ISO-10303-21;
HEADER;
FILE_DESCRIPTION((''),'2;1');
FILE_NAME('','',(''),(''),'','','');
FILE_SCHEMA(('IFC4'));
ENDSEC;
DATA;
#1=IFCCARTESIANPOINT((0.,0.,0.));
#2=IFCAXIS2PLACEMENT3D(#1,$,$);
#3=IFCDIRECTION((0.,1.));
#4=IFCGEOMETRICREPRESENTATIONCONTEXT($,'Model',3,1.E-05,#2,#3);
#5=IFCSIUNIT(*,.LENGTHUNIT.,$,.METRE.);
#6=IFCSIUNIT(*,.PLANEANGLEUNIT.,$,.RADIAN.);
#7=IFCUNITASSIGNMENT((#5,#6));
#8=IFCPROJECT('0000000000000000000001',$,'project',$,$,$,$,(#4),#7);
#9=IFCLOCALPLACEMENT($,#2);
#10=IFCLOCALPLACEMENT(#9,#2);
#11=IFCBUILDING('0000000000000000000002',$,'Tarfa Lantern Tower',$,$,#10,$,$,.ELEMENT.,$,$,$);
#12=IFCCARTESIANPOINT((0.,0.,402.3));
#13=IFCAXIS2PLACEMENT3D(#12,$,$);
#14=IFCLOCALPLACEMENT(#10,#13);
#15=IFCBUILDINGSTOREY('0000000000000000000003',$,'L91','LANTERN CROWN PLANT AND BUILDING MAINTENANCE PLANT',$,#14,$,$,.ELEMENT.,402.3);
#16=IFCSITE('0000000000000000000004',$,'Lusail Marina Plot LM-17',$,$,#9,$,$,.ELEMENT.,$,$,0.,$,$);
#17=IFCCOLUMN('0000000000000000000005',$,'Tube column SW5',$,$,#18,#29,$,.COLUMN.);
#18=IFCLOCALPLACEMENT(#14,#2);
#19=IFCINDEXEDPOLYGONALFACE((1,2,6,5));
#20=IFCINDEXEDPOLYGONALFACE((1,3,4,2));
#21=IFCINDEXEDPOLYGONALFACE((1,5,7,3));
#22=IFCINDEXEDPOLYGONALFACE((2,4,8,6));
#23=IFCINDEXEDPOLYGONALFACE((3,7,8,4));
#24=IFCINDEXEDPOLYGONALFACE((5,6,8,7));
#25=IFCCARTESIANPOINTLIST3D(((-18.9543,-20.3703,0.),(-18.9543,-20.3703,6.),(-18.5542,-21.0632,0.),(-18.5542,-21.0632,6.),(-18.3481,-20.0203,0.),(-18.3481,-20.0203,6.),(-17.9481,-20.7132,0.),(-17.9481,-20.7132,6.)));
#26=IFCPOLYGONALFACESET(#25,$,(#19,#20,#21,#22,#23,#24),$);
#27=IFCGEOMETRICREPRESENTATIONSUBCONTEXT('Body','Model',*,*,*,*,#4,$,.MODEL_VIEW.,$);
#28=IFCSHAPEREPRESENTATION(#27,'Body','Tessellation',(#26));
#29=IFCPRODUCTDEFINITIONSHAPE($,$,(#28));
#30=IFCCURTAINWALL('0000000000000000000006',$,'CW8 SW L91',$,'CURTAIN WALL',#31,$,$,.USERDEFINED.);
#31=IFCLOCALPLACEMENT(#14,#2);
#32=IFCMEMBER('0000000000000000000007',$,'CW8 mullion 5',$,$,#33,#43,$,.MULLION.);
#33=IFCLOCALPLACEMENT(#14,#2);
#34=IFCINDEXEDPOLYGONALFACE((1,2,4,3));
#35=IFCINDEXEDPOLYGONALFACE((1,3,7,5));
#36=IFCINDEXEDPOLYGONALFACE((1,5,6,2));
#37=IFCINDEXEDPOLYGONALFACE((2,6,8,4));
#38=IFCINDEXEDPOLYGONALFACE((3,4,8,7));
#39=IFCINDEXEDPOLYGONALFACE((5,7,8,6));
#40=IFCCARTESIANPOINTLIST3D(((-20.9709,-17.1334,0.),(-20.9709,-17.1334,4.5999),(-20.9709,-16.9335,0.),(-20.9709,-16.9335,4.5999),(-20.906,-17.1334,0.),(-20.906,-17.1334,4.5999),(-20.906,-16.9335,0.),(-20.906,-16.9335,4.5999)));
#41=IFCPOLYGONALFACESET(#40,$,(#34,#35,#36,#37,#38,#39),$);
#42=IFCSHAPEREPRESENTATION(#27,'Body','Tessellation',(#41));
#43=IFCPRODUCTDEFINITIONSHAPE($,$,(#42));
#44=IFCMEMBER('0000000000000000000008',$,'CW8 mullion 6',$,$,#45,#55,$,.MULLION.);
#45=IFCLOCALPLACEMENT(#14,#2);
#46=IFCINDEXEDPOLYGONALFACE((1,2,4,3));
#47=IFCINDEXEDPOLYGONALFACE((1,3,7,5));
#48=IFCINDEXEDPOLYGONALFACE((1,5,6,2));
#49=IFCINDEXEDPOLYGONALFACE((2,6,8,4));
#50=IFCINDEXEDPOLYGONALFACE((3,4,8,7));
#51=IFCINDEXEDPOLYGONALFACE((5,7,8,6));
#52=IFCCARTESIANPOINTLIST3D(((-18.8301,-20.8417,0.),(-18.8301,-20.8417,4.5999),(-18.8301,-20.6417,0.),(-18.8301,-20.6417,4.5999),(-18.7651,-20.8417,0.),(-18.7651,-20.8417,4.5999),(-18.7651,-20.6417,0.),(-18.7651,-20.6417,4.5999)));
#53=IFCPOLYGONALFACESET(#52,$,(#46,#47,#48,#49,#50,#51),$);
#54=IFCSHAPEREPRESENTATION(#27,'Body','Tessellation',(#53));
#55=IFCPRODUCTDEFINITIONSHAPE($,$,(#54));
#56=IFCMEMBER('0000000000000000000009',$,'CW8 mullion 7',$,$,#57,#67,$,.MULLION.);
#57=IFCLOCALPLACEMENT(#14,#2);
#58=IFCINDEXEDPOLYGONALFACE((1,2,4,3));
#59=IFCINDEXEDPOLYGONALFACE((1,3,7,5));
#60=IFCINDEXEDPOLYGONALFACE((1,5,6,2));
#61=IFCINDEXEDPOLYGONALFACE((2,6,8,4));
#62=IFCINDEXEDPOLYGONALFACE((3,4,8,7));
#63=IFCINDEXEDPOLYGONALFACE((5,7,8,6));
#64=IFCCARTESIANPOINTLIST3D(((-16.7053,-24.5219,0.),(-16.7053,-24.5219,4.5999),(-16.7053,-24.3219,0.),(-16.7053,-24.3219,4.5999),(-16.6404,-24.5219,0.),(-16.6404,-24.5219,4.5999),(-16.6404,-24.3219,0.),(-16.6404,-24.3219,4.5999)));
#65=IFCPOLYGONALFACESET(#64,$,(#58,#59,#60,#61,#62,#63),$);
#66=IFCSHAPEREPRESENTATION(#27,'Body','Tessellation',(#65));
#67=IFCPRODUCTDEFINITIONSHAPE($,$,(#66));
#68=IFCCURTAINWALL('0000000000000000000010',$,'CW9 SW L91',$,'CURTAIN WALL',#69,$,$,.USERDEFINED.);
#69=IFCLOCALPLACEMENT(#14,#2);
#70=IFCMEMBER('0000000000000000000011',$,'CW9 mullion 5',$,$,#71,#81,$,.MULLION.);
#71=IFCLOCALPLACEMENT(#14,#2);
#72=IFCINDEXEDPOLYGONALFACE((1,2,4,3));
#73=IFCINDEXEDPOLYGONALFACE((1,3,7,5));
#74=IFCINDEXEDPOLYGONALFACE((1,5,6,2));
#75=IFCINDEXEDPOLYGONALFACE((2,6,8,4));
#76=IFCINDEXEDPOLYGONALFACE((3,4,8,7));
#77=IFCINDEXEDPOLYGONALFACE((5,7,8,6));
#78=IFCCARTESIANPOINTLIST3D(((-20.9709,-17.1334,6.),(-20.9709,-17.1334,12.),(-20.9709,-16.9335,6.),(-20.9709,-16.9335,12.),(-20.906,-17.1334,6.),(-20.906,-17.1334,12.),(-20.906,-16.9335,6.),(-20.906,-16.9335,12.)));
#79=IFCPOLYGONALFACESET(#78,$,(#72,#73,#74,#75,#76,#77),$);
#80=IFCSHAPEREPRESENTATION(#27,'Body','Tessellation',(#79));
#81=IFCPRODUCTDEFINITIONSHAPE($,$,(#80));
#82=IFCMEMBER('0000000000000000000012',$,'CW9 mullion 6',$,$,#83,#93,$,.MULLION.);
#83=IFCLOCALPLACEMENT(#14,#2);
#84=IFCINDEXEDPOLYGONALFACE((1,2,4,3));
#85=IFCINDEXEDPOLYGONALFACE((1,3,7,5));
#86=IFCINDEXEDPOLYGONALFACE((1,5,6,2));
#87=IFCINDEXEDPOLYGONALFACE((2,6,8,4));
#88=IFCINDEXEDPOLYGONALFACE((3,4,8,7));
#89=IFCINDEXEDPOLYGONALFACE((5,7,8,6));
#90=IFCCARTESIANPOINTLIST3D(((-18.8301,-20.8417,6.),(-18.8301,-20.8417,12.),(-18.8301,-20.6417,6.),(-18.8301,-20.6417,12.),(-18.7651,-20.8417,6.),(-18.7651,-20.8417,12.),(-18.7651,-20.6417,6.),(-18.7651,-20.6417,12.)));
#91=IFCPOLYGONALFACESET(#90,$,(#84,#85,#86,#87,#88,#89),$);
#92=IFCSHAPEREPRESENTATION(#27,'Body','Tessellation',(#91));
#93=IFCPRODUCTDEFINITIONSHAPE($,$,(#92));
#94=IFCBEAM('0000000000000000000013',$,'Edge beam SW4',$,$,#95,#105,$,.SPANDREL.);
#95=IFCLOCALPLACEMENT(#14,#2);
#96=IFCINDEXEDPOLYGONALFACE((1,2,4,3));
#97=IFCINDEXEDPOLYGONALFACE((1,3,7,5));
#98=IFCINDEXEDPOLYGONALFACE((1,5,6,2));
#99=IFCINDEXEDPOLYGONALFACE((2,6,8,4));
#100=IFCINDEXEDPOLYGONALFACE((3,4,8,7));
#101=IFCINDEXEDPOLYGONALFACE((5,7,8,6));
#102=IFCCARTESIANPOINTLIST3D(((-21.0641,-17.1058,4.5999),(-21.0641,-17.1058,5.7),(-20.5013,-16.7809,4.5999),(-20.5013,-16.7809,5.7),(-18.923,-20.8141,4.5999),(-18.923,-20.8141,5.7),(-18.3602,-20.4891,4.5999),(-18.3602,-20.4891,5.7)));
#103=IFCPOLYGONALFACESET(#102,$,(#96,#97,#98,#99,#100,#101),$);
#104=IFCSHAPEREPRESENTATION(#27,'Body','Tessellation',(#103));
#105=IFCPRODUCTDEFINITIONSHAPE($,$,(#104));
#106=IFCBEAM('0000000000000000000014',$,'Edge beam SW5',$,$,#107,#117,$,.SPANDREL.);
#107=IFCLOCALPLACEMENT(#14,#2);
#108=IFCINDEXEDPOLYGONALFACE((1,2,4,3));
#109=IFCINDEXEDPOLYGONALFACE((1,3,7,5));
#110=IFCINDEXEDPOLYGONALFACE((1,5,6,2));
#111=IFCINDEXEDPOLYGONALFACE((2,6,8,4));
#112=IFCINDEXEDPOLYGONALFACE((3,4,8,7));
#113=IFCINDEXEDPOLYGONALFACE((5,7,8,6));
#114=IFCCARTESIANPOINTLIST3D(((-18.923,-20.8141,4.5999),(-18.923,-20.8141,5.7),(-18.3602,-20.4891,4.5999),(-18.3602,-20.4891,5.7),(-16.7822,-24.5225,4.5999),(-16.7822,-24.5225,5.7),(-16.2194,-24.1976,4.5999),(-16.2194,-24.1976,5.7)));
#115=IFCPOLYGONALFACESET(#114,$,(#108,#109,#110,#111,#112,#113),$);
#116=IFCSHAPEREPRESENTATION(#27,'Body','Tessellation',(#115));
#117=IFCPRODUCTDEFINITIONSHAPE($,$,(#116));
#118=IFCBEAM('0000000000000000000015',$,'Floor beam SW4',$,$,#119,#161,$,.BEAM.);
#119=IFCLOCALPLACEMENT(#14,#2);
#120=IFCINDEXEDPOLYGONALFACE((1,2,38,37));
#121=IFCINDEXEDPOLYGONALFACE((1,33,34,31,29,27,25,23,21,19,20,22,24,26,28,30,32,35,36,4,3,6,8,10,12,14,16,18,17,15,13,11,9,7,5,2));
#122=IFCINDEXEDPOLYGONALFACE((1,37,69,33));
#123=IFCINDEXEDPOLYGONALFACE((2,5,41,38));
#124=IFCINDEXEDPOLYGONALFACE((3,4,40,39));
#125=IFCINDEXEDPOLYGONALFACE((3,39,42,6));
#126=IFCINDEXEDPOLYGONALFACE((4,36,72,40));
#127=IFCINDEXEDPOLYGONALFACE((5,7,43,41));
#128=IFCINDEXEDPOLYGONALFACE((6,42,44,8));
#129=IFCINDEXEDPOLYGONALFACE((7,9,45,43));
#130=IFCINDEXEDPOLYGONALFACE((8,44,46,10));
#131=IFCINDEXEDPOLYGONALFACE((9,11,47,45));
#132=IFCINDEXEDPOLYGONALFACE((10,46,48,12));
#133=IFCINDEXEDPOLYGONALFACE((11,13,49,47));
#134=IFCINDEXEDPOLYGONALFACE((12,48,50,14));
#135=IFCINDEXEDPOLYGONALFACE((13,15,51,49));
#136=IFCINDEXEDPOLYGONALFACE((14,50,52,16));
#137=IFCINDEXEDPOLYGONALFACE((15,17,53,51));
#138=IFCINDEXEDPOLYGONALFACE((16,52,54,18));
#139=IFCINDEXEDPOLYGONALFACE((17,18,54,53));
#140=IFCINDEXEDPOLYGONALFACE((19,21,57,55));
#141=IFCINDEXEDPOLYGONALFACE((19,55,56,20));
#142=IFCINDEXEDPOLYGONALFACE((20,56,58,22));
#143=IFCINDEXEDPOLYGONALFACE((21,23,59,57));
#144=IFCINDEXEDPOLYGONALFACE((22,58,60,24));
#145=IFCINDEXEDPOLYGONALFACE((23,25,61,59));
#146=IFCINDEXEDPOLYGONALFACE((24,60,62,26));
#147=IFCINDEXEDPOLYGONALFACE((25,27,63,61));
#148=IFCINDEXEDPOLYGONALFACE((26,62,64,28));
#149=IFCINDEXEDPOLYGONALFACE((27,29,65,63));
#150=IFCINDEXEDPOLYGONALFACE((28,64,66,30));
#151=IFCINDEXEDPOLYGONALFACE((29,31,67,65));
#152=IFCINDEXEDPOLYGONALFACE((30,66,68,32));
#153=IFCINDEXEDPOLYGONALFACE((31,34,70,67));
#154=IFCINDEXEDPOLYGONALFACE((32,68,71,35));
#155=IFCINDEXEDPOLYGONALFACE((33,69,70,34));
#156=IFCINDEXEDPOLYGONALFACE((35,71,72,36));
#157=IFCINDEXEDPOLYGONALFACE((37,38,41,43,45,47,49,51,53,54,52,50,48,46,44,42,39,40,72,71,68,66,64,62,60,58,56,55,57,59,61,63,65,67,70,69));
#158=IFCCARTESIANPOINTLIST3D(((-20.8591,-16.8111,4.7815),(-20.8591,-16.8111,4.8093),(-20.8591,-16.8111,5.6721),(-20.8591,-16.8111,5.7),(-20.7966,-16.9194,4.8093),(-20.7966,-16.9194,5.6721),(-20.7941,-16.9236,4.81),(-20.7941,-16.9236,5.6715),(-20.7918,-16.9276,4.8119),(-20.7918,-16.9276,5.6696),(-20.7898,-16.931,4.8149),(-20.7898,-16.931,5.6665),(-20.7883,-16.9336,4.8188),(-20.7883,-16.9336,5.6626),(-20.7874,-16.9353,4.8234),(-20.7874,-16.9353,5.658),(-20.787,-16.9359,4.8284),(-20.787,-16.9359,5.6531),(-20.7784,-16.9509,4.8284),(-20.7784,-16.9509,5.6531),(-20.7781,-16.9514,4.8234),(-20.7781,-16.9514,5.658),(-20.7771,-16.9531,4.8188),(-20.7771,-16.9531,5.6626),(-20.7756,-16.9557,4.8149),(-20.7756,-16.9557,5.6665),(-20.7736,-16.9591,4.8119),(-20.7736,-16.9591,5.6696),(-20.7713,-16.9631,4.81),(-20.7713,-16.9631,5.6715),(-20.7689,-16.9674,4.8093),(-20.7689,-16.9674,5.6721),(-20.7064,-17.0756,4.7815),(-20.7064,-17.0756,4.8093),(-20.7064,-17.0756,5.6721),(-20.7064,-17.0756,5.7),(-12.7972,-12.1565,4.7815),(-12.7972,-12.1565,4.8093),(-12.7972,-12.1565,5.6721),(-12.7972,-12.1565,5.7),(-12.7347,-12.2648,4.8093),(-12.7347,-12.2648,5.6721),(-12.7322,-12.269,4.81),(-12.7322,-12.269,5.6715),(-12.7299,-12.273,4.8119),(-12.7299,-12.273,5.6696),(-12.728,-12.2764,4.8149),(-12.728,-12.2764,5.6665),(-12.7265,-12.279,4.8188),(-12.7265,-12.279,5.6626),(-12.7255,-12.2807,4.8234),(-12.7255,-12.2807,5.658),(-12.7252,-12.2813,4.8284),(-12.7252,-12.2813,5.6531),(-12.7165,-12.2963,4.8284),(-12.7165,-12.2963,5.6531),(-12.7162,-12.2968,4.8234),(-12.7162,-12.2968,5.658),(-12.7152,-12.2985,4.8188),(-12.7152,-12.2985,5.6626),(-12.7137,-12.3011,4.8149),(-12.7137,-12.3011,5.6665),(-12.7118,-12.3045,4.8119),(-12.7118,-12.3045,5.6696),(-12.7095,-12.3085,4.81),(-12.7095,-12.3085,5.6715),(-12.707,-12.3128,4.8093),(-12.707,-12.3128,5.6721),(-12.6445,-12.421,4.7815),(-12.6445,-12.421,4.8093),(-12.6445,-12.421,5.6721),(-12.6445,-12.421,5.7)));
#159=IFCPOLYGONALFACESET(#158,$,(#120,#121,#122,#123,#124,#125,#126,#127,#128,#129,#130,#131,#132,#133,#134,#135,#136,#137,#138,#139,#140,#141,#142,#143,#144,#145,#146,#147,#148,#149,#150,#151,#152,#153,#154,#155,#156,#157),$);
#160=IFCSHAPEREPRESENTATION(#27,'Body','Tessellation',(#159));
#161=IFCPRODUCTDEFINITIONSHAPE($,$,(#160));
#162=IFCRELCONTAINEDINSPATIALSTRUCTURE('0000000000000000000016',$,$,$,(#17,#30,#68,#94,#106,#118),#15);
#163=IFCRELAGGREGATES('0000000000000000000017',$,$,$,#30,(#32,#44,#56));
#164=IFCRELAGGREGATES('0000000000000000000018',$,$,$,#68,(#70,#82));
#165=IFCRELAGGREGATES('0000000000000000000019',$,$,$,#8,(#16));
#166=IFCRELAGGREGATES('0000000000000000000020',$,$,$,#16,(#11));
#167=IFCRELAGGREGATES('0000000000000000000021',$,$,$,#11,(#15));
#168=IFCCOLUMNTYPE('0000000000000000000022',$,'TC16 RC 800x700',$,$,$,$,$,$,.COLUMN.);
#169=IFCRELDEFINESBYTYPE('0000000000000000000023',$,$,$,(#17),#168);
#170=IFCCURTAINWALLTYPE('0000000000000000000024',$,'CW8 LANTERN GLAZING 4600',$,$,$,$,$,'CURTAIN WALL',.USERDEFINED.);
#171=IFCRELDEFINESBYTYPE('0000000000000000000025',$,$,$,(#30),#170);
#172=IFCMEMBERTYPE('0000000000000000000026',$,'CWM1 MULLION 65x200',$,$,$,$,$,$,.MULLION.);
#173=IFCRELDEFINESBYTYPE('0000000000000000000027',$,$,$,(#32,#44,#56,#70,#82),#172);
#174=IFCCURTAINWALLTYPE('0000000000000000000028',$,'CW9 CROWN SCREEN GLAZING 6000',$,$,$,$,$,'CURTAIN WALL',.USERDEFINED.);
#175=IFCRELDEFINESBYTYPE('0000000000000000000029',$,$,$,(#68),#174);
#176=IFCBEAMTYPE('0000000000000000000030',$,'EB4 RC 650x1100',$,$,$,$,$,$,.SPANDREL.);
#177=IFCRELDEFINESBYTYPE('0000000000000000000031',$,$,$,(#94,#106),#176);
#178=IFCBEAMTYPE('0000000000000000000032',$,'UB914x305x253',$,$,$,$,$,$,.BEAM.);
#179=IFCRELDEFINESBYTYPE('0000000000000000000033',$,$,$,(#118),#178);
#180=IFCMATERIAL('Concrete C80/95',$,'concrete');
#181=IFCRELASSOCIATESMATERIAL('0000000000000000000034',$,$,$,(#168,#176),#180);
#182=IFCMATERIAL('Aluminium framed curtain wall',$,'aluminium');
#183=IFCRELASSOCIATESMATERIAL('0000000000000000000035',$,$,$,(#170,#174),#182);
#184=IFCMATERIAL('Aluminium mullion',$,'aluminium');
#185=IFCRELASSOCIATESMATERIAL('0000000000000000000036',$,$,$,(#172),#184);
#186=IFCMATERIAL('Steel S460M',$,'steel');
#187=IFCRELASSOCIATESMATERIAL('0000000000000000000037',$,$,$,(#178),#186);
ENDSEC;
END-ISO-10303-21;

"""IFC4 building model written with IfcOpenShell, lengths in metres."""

from ifc_helpers import new_model, si_unit, direction, frame, origin, origin_2d, place, context, subcontext, project, spatial, rectangle, i_section, extrude, material, material_profile, profile_set, type_object, element, aggregate, save


model = new_model("IFC4")

# Units and contexts
model_context = context("Model", 3, precision=1e-05, world=origin(), true_north=direction((0.0, 1.0)))
body_context = subcontext(model_context, "Body", "Model", "MODEL_VIEW")
ifc_project = project(units=[si_unit("LENGTHUNIT", "METRE"), si_unit("PLANEANGLEUNIT", "RADIAN")], contexts=[model_context])

# Site, building, storey
site_placement = place(None, origin())
site = spatial("IfcSite", under=ifc_project, at=site_placement, Name="Lusail Marina Plot LM-17", CompositionType="ELEMENT", RefElevation=0.0)
building_placement = place(site_placement, origin())
building = spatial("IfcBuilding", under=site, at=building_placement, Name="Tarfa Lantern Tower", CompositionType="ELEMENT")
storey_placement = place(building_placement, frame((0.0, 0.0, 402.3)))
storey = spatial("IfcBuildingStorey", under=building, at=storey_placement, Name="L91", Description="LANTERN CROWN PLANT AND BUILDING MAINTENANCE PLANT", CompositionType="ELEMENT", Elevation=402.3)

# Column
ifc_material_1 = material(Name="Concrete C80/95", Category="concrete")
ifc_material_profile_1 = material_profile(ifc_material_1, rectangle(XDim=0.8, YDim=0.7, at=origin_2d()), Name="RC 800x700")
ifc_profile_set_1 = profile_set([ifc_material_profile_1], Name="Concrete C80/95")
column_type = type_object("IfcColumnType", Name="TC16 RC 800x700", PredefinedType="COLUMN", material=ifc_profile_set_1)
column_placement = place(storey_placement, frame((-18.4512, -20.5417, 0.0), z_axis=(0.0, 0.0, 1.0), x_axis=(0.5, -0.866025, 0.0)))
element("IfcColumn", 1, at=column_placement, inside=storey, type_object=column_type, Name="Tube column SW5", PredefinedType="COLUMN", context=body_context, shape_type="SweptSolid", body=[
    extrude(rectangle(XDim=0.8, YDim=0.7, at=origin_2d()), origin(), (0.0, 0.0, 1.0), 6.0),
])

# Curtain walls, members
ifc_material_2 = material(Name="Aluminium framed curtain wall", Category="aluminium")
curtain_wall_type_1 = type_object("IfcCurtainWallType", Name="CW8 LANTERN GLAZING 4600", ElementType="CURTAIN WALL", PredefinedType="USERDEFINED", material=ifc_material_2)
curtain_wall_1_placement = place(storey_placement, origin())
curtain_wall_1 = element("IfcCurtainWall", 2, at=curtain_wall_1_placement, inside=storey, type_object=curtain_wall_type_1, Name="CW8 SW L91", ObjectType="CURTAIN WALL", PredefinedType="USERDEFINED")
ifc_material_3 = material(Name="Aluminium mullion", Category="aluminium")
ifc_material_profile_2 = material_profile(ifc_material_3, rectangle(XDim=0.0649, YDim=0.2, at=origin_2d()), Name="AL MULLION 65x200")
ifc_profile_set_2 = profile_set([ifc_material_profile_2], Name="Aluminium mullion")
member_type = type_object("IfcMemberType", Name="CWM1 MULLION 65x200", PredefinedType="MULLION", material=ifc_profile_set_2)
member_1_placement = place(storey_placement, frame((-20.9385, -17.0334, 0.0), z_axis=(0.0, 0.0, 1.0), x_axis=(1.0, 0.0, 0.0)))
member_1 = element("IfcMember", 3, at=member_1_placement, type_object=member_type, Name="CW8 mullion 5", PredefinedType="MULLION", context=body_context, shape_type="SweptSolid", body=[
    extrude(rectangle(XDim=0.0649, YDim=0.2, at=origin_2d()), origin(), (0.0, 0.0, 1.0), 4.5999),
])
member_2_placement = place(storey_placement, frame((-18.7976, -20.7417, 0.0), z_axis=(0.0, 0.0, 1.0), x_axis=(1.0, 0.0, 0.0)))
member_2 = element("IfcMember", 4, at=member_2_placement, type_object=member_type, Name="CW8 mullion 6", PredefinedType="MULLION", context=body_context, shape_type="SweptSolid", body=[
    extrude(rectangle(XDim=0.0649, YDim=0.2, at=origin_2d()), origin(), (0.0, 0.0, 1.0), 4.5999),
])
member_3_placement = place(storey_placement, frame((-16.6729, -24.4219, 0.0), z_axis=(0.0, 0.0, 1.0), x_axis=(1.0, 0.0, 0.0)))
member_3 = element("IfcMember", 5, at=member_3_placement, type_object=member_type, Name="CW8 mullion 7", PredefinedType="MULLION", context=body_context, shape_type="SweptSolid", body=[
    extrude(rectangle(XDim=0.0649, YDim=0.2, at=origin_2d()), origin(), (0.0, 0.0, 1.0), 4.5999),
])
curtain_wall_type_2 = type_object("IfcCurtainWallType", Name="CW9 CROWN SCREEN GLAZING 6000", ElementType="CURTAIN WALL", PredefinedType="USERDEFINED", material=ifc_material_2)
curtain_wall_2_placement = place(storey_placement, origin())
curtain_wall_2 = element("IfcCurtainWall", 6, at=curtain_wall_2_placement, inside=storey, type_object=curtain_wall_type_2, Name="CW9 SW L91", ObjectType="CURTAIN WALL", PredefinedType="USERDEFINED")
member_4_placement = place(storey_placement, frame((-20.9385, -17.0334, 6.0), z_axis=(0.0, 0.0, 1.0), x_axis=(1.0, 0.0, 0.0)))
member_4 = element("IfcMember", 7, at=member_4_placement, type_object=member_type, Name="CW9 mullion 5", PredefinedType="MULLION", context=body_context, shape_type="SweptSolid", body=[
    extrude(rectangle(XDim=0.0649, YDim=0.2, at=origin_2d()), origin(), (0.0, 0.0, 1.0), 6.0),
])
member_5_placement = place(storey_placement, frame((-18.7976, -20.7417, 6.0), z_axis=(0.0, 0.0, 1.0), x_axis=(1.0, 0.0, 0.0)))
member_5 = element("IfcMember", 8, at=member_5_placement, type_object=member_type, Name="CW9 mullion 6", PredefinedType="MULLION", context=body_context, shape_type="SweptSolid", body=[
    extrude(rectangle(XDim=0.0649, YDim=0.2, at=origin_2d()), origin(), (0.0, 0.0, 1.0), 6.0),
])

# Beams
ifc_material_profile_3 = material_profile(ifc_material_1, rectangle(XDim=0.6499, YDim=1.1001, at=origin_2d()), Name="RC 650x1100")
ifc_profile_set_3 = profile_set([ifc_material_profile_3], Name="Concrete C80/95")
beam_type_1 = type_object("IfcBeamType", Name="EB4 RC 650x1100", PredefinedType="SPANDREL", material=ifc_profile_set_3)
for number, where, z_axis, x_axis, name in (
    (9, (-20.7827, -16.9434, 5.1499), (0.500027, -0.86601, 0.0), (0.86601, 0.500027, 0.0), "Edge beam SW4"),
    (10, (-18.6416, -20.6516, 5.1499), (0.499959, -0.866049, 0.0), (0.866049, 0.499959, 0.0), "Edge beam SW5"),
):
    element("IfcBeam", number, at=place(storey_placement, frame(where, z_axis=z_axis, x_axis=x_axis)), inside=storey, type_object=beam_type_1, Name=name, PredefinedType="SPANDREL", context=body_context, shape_type="SweptSolid", body=[
        extrude(rectangle(XDim=0.6499, YDim=1.1001, at=origin_2d()), origin(), (0.0, 0.0, 1.0), 4.282),
    ])
ifc_material_4 = material(Name="Steel S460M", Category="steel")
ifc_material_profile_4 = material_profile(ifc_material_4, i_section(OverallWidth=0.3054, OverallDepth=0.9185, WebThickness=0.0173, FlangeThickness=0.0278, FilletRadius=0.019, at=origin_2d()), Name="UB914x305x253")
ifc_profile_set_4 = profile_set([ifc_material_profile_4], Name="Steel S460M")
beam_type_2 = type_object("IfcBeamType", Name="UB914x305x253", PredefinedType="BEAM", material=ifc_profile_set_4)
beam_1_placement = place(storey_placement, frame((-20.7827, -16.9434, 5.2407), z_axis=(0.866022, 0.500006, 0.0), x_axis=(-0.500006, 0.866022, 0.0)))
element("IfcBeam", 11, at=beam_1_placement, inside=storey, type_object=beam_type_2, Name="Floor beam SW4", PredefinedType="BEAM", context=body_context, shape_type="SweptSolid", body=[
    extrude(i_section(OverallWidth=0.3054, OverallDepth=0.9185, WebThickness=0.0173, FlangeThickness=0.0278, FilletRadius=0.019, at=origin_2d()), origin(), (0.0, 0.0, 1.0), 9.3091),
])

aggregate(curtain_wall_1, [member_1, member_2, member_3])
aggregate(curtain_wall_2, [member_4, member_5])

save(model, "model.ifc")
